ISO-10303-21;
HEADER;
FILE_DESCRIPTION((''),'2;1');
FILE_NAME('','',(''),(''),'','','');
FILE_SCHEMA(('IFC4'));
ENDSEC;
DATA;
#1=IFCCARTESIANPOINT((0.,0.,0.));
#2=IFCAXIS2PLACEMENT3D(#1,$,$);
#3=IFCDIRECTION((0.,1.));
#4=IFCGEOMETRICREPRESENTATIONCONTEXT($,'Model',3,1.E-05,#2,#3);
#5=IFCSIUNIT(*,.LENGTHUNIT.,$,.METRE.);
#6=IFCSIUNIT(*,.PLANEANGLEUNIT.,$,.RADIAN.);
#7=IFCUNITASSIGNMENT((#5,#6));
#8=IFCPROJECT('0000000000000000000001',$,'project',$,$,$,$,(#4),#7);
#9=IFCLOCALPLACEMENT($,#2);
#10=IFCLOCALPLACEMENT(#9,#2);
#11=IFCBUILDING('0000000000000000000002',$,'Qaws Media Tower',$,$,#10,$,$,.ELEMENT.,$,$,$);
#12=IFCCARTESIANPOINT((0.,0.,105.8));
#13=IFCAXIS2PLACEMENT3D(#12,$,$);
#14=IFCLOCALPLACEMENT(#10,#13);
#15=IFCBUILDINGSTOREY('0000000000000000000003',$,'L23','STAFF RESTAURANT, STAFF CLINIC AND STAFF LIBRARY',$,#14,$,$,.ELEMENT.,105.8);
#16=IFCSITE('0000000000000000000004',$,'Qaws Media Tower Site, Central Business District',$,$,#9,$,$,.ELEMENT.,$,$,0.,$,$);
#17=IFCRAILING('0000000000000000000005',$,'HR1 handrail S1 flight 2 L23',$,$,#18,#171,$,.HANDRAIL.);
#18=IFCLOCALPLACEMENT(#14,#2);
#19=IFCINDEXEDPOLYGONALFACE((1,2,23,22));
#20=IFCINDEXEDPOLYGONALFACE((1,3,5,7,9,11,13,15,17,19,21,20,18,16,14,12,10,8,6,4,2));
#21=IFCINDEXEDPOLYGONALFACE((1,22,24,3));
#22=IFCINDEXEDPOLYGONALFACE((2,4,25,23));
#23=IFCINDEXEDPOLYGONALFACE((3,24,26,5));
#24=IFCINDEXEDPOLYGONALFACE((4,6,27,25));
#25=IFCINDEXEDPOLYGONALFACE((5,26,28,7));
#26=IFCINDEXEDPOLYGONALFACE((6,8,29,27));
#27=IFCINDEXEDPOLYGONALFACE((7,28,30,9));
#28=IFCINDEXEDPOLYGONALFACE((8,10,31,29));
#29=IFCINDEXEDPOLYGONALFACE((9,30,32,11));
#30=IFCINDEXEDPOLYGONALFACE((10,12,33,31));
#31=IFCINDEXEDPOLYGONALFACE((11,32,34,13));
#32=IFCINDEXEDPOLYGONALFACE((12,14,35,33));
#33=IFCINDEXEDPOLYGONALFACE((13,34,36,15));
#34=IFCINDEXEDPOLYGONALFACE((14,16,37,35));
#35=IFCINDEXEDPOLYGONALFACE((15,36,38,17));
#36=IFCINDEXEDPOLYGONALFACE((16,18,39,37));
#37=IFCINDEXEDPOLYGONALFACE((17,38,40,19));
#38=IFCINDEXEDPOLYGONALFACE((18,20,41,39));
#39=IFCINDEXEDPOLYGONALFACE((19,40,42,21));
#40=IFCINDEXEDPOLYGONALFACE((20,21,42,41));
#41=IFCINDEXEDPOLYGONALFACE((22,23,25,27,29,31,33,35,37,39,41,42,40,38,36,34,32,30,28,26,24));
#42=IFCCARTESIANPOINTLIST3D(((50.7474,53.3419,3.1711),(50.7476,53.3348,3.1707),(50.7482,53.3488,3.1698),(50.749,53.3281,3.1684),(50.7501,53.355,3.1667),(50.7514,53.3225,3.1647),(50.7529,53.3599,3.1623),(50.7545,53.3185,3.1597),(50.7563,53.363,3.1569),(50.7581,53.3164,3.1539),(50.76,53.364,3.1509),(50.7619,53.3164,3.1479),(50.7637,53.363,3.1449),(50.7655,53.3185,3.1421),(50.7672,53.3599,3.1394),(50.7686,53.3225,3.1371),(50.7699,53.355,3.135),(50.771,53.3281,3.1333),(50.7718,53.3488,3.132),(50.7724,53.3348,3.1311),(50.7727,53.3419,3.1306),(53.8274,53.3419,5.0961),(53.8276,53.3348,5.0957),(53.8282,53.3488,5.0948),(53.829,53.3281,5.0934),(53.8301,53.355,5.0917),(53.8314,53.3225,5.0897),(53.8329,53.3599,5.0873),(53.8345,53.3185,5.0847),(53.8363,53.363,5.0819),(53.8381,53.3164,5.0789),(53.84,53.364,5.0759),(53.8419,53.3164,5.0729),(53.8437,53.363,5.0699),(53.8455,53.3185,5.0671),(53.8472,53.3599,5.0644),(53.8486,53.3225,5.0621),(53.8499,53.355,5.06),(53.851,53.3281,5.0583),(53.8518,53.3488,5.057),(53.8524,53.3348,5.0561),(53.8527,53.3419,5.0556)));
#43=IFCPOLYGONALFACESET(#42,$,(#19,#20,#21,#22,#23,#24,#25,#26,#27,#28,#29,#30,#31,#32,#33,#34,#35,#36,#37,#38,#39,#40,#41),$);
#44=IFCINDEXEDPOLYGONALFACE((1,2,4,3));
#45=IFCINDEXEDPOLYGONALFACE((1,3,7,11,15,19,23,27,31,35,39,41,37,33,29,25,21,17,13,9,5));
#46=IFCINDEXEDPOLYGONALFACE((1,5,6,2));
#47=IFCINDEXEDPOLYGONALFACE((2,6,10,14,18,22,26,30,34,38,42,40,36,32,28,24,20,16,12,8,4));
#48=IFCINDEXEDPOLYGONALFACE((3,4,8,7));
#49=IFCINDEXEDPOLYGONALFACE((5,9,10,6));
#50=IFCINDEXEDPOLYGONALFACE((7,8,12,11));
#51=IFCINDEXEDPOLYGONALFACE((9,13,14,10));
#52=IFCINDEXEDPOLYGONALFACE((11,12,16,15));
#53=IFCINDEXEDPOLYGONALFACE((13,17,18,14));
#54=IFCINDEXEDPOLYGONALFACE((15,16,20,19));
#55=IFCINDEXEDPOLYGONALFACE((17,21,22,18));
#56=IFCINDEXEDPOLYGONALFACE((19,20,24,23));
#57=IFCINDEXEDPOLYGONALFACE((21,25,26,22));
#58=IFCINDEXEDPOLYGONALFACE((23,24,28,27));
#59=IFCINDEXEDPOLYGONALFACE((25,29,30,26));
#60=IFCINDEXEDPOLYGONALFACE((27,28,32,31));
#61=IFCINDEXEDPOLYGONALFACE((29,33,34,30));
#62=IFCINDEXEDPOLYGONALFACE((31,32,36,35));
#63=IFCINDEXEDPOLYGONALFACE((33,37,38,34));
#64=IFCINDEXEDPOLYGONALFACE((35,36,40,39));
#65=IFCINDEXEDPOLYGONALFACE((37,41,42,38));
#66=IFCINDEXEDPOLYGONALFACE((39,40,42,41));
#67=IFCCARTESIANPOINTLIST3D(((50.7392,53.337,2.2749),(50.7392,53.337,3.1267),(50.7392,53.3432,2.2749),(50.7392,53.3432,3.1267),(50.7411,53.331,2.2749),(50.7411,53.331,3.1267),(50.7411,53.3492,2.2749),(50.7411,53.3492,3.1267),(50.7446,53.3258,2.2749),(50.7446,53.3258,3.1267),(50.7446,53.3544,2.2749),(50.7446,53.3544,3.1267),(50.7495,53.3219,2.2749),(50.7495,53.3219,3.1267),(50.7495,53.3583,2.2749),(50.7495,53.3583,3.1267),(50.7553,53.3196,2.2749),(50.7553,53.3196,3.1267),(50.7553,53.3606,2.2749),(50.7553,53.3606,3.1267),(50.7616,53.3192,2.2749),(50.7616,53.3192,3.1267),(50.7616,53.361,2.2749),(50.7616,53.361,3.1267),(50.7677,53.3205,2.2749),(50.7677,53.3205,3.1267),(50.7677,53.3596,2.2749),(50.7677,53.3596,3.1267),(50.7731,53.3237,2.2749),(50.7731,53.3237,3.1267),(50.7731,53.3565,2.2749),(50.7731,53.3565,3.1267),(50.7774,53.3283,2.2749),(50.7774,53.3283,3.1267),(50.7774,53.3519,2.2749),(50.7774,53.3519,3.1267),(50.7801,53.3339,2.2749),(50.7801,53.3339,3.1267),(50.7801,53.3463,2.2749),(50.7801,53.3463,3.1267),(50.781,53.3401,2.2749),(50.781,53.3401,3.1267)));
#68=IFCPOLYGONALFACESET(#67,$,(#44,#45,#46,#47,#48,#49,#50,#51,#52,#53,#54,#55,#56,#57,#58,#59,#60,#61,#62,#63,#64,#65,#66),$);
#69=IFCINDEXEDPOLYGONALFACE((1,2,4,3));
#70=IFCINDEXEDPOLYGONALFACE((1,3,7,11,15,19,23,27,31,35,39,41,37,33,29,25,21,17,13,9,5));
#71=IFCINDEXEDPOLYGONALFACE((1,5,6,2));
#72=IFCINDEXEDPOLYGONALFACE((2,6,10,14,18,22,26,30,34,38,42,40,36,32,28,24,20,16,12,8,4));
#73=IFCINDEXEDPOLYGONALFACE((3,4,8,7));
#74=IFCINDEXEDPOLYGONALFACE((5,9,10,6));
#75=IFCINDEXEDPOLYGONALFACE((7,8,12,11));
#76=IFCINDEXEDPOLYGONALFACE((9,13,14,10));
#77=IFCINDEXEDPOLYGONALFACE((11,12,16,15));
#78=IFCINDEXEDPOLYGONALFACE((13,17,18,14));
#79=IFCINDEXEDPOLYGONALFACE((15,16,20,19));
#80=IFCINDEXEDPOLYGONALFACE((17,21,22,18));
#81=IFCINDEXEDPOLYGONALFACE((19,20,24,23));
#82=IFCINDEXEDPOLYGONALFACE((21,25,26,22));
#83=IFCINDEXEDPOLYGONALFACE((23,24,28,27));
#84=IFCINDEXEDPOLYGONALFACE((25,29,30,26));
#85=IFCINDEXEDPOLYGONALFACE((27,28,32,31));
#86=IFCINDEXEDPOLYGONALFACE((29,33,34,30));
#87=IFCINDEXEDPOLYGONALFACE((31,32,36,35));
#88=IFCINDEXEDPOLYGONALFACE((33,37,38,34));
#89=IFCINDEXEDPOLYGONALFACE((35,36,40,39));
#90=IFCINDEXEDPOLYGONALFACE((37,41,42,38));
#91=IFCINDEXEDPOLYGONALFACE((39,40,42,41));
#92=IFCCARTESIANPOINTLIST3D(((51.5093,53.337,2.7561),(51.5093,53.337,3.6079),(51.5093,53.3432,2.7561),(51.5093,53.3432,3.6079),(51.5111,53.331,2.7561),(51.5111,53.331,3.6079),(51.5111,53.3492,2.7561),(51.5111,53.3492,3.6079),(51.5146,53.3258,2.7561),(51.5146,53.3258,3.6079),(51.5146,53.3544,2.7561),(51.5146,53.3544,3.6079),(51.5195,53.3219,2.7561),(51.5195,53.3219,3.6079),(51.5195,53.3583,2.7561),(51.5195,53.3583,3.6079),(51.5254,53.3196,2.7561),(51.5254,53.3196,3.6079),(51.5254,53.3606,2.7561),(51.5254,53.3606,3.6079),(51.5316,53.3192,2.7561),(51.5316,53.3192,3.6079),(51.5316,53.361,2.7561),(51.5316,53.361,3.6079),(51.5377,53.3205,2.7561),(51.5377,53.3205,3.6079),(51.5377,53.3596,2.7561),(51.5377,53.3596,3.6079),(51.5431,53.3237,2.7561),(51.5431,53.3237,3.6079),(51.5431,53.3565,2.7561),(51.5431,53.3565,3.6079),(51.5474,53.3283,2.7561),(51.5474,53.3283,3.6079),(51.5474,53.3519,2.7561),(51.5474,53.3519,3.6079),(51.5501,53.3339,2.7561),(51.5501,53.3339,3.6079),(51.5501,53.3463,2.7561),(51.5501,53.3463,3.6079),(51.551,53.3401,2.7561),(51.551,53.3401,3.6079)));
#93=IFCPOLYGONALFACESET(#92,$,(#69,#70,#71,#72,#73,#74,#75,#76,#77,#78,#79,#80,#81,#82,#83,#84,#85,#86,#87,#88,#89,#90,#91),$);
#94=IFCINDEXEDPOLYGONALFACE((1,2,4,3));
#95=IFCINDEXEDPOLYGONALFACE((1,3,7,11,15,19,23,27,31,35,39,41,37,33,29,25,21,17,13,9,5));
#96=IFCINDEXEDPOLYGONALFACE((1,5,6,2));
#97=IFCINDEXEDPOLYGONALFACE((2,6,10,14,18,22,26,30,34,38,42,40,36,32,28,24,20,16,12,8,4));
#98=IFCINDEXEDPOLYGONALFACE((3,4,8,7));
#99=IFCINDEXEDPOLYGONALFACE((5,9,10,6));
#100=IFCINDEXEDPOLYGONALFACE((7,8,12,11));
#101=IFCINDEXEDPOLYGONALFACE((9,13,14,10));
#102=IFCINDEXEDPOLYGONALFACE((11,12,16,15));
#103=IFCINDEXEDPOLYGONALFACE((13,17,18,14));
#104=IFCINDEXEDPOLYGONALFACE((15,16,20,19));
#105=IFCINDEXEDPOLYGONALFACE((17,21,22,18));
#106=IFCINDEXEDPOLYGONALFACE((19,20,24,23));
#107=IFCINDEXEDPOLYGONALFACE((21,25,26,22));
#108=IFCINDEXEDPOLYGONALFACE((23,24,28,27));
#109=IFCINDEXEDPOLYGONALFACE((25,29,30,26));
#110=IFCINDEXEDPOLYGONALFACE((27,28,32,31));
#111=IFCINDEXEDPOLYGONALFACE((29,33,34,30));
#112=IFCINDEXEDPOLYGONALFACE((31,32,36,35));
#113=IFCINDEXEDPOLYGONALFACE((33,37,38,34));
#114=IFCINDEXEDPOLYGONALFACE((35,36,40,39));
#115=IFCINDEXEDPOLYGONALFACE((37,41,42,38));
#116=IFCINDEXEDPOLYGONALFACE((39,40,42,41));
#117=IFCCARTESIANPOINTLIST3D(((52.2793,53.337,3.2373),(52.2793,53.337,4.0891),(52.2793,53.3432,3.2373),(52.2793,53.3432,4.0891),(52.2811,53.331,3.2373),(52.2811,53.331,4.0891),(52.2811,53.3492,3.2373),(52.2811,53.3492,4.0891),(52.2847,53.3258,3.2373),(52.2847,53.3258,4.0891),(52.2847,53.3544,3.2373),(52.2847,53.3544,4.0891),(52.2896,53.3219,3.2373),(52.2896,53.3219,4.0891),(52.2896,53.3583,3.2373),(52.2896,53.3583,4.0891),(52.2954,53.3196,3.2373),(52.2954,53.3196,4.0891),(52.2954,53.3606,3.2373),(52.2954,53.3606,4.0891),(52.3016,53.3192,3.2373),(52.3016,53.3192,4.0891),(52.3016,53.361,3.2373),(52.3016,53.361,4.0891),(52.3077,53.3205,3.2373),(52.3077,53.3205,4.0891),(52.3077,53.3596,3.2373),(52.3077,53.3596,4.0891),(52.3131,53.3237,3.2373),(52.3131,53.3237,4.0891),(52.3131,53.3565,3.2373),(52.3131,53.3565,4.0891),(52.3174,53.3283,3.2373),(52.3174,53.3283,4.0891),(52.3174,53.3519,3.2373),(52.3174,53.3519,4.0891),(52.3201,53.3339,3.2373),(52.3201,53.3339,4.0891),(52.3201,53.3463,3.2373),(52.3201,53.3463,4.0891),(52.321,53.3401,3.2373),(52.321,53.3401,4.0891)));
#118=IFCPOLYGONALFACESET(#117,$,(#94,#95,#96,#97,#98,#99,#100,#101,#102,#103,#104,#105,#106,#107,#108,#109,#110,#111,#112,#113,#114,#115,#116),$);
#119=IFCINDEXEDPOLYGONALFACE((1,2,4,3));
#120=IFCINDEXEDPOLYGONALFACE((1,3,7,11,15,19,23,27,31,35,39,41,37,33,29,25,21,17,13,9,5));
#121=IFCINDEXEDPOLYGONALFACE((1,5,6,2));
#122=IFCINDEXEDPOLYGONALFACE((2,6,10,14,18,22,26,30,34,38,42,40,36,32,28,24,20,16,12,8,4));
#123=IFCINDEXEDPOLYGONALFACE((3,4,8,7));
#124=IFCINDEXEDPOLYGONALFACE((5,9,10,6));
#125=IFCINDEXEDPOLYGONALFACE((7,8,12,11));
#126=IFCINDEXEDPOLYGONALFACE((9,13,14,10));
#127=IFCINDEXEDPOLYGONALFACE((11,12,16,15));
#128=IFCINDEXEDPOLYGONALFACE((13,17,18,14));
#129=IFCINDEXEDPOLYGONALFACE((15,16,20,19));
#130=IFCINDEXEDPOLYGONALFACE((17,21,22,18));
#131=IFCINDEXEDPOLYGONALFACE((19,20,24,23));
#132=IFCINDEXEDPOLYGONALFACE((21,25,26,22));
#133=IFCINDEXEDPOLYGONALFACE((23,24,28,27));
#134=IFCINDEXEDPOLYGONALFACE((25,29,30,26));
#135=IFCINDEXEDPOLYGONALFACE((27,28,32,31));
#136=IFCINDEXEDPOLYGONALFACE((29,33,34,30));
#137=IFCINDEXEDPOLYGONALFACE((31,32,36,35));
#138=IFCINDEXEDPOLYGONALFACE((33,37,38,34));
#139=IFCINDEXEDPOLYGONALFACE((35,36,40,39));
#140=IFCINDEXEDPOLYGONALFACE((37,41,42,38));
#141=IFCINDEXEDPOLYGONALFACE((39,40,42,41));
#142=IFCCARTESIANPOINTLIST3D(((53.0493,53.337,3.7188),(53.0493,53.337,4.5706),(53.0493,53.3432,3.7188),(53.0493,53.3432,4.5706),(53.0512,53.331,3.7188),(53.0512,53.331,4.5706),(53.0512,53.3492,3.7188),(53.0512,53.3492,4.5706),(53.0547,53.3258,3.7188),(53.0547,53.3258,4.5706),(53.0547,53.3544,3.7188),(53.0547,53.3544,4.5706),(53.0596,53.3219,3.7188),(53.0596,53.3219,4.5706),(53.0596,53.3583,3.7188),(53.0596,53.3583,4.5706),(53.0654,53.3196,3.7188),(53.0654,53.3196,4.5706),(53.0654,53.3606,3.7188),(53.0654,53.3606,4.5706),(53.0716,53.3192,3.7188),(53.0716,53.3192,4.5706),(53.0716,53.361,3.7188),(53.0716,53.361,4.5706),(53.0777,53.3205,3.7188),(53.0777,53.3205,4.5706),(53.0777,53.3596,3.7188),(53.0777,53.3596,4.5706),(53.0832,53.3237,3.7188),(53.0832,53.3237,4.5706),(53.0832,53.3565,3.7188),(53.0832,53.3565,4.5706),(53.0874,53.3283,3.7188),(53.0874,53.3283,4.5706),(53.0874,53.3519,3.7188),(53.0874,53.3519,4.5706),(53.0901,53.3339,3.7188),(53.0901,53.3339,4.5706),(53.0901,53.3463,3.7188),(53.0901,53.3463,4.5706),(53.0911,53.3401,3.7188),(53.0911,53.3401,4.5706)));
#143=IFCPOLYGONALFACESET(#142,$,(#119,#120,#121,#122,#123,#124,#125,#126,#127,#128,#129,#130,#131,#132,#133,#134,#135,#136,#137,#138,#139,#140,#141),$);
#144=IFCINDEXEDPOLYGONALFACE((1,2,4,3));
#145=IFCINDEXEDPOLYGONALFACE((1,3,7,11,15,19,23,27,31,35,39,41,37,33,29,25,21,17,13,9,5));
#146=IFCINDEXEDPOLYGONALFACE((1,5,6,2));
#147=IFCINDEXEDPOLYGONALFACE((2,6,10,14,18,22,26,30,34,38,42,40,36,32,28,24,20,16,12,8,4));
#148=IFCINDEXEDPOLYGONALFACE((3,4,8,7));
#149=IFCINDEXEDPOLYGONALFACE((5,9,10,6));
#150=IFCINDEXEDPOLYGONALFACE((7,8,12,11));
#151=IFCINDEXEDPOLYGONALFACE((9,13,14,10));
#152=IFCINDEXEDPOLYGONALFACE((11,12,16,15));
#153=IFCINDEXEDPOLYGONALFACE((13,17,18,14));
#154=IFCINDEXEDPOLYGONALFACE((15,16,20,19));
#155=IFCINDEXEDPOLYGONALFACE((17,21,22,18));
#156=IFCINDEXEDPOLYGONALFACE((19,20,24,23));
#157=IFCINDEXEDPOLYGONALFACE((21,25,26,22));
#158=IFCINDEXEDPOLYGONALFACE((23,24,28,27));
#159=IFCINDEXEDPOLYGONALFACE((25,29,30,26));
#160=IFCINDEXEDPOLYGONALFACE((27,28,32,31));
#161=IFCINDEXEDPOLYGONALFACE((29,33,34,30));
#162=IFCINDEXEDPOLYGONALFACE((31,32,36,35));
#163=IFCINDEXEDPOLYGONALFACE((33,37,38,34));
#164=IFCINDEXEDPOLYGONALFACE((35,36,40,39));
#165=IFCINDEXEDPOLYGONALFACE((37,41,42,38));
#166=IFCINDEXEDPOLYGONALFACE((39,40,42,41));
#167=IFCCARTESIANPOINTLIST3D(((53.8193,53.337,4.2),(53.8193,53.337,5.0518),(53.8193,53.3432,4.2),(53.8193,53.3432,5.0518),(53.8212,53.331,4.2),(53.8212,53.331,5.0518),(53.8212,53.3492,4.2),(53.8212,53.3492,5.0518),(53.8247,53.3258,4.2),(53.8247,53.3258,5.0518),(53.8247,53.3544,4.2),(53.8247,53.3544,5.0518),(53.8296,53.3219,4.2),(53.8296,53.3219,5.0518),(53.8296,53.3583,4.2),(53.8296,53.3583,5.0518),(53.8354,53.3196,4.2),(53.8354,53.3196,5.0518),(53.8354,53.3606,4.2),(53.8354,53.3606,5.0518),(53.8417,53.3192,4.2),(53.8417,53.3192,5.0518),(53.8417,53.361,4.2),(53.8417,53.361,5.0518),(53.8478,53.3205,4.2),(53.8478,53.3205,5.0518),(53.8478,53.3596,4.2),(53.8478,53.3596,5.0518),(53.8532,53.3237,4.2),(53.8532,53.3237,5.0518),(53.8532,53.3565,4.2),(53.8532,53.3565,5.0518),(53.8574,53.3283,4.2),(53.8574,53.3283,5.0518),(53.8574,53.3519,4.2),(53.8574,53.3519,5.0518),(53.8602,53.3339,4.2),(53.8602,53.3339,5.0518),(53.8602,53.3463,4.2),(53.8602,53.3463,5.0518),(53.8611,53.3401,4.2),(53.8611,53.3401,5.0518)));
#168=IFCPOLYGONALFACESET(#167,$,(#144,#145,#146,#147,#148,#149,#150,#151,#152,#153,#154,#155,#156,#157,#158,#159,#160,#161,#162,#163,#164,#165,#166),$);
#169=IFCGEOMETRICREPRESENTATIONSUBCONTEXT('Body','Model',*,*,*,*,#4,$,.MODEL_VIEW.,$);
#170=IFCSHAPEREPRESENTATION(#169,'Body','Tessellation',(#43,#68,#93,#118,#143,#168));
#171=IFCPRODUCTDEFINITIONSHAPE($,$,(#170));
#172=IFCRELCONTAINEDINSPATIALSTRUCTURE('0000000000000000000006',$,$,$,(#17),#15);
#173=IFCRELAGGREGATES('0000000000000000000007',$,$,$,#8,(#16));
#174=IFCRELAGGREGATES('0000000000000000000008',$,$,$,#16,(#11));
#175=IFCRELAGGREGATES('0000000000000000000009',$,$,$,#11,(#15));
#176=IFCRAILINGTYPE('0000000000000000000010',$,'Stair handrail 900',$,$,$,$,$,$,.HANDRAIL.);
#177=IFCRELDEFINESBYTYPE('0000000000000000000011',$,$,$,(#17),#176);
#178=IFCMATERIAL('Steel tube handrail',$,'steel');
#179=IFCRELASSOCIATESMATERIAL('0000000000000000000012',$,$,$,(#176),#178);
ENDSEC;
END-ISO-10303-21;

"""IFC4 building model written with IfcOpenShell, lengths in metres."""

from ifc_helpers import new_model, si_unit, direction, frame, origin, origin_2d, place, context, subcontext, project, spatial, circle, extrude, material, type_object, element, save


model = new_model("IFC4")

# Units and contexts
model_context = context("Model", 3, precision=1e-05, world=origin(), true_north=direction((0.0, 1.0)))
body_context = subcontext(model_context, "Body", "Model", "MODEL_VIEW")
ifc_project = project(units=[si_unit("LENGTHUNIT", "METRE"), si_unit("PLANEANGLEUNIT", "RADIAN")], contexts=[model_context])

# Site, building, storey
site_placement = place(None, origin())
site = spatial("IfcSite", under=ifc_project, at=site_placement, Name="Qaws Media Tower Site, Central Business District", CompositionType="ELEMENT", RefElevation=0.0)
building_placement = place(site_placement, origin())
building = spatial("IfcBuilding", under=site, at=building_placement, Name="Qaws Media Tower", CompositionType="ELEMENT")
storey_placement = place(building_placement, frame((0.0, 0.0, 105.8)))
storey = spatial("IfcBuildingStorey", under=building, at=storey_placement, Name="L23", Description="STAFF RESTAURANT, STAFF CLINIC AND STAFF LIBRARY", CompositionType="ELEMENT", Elevation=105.8)

# Railing
ifc_material_1 = material(Name="Steel tube handrail", Category="steel")
railing_type = type_object("IfcRailingType", Name="Stair handrail 900", PredefinedType="HANDRAIL", material=ifc_material_1)
for number, where, name in (
    (1, (50.76, 53.3401, 2.2749), "HR1 handrail S1 flight 2 L23"),
):
    element("IfcRailing", number, at=place(storey_placement, frame(where)), inside=storey, type_object=railing_type, Name=name, PredefinedType="HANDRAIL", context=body_context, shape_type="SweptSolid", body=[
        extrude(circle(Radius=0.0239, at=origin_2d()), frame((0.0, 0.0, 0.876), z_axis=(0.847998, 0.0, 0.529999), x_axis=(0.0, 1.0, 0.0)), (0.0, 0.0, 1.0), 3.6321),
        extrude(circle(Radius=0.021, at=origin_2d()), origin(), (0.0, 0.0, 1.0), 0.8518),
        extrude(circle(Radius=0.021, at=origin_2d()), frame((0.77, 0.0, 0.4812)), (0.0, 0.0, 1.0), 0.8518),
        extrude(circle(Radius=0.021, at=origin_2d()), frame((1.54, 0.0, 0.9624)), (0.0, 0.0, 1.0), 0.8518),
        extrude(circle(Radius=0.021, at=origin_2d()), frame((2.3101, 0.0, 1.4438)), (0.0, 0.0, 1.0), 0.8518),
        extrude(circle(Radius=0.021, at=origin_2d()), frame((3.0801, 0.0, 1.925)), (0.0, 0.0, 1.0), 0.8518),
    ])

save(model, "model.ifc")
